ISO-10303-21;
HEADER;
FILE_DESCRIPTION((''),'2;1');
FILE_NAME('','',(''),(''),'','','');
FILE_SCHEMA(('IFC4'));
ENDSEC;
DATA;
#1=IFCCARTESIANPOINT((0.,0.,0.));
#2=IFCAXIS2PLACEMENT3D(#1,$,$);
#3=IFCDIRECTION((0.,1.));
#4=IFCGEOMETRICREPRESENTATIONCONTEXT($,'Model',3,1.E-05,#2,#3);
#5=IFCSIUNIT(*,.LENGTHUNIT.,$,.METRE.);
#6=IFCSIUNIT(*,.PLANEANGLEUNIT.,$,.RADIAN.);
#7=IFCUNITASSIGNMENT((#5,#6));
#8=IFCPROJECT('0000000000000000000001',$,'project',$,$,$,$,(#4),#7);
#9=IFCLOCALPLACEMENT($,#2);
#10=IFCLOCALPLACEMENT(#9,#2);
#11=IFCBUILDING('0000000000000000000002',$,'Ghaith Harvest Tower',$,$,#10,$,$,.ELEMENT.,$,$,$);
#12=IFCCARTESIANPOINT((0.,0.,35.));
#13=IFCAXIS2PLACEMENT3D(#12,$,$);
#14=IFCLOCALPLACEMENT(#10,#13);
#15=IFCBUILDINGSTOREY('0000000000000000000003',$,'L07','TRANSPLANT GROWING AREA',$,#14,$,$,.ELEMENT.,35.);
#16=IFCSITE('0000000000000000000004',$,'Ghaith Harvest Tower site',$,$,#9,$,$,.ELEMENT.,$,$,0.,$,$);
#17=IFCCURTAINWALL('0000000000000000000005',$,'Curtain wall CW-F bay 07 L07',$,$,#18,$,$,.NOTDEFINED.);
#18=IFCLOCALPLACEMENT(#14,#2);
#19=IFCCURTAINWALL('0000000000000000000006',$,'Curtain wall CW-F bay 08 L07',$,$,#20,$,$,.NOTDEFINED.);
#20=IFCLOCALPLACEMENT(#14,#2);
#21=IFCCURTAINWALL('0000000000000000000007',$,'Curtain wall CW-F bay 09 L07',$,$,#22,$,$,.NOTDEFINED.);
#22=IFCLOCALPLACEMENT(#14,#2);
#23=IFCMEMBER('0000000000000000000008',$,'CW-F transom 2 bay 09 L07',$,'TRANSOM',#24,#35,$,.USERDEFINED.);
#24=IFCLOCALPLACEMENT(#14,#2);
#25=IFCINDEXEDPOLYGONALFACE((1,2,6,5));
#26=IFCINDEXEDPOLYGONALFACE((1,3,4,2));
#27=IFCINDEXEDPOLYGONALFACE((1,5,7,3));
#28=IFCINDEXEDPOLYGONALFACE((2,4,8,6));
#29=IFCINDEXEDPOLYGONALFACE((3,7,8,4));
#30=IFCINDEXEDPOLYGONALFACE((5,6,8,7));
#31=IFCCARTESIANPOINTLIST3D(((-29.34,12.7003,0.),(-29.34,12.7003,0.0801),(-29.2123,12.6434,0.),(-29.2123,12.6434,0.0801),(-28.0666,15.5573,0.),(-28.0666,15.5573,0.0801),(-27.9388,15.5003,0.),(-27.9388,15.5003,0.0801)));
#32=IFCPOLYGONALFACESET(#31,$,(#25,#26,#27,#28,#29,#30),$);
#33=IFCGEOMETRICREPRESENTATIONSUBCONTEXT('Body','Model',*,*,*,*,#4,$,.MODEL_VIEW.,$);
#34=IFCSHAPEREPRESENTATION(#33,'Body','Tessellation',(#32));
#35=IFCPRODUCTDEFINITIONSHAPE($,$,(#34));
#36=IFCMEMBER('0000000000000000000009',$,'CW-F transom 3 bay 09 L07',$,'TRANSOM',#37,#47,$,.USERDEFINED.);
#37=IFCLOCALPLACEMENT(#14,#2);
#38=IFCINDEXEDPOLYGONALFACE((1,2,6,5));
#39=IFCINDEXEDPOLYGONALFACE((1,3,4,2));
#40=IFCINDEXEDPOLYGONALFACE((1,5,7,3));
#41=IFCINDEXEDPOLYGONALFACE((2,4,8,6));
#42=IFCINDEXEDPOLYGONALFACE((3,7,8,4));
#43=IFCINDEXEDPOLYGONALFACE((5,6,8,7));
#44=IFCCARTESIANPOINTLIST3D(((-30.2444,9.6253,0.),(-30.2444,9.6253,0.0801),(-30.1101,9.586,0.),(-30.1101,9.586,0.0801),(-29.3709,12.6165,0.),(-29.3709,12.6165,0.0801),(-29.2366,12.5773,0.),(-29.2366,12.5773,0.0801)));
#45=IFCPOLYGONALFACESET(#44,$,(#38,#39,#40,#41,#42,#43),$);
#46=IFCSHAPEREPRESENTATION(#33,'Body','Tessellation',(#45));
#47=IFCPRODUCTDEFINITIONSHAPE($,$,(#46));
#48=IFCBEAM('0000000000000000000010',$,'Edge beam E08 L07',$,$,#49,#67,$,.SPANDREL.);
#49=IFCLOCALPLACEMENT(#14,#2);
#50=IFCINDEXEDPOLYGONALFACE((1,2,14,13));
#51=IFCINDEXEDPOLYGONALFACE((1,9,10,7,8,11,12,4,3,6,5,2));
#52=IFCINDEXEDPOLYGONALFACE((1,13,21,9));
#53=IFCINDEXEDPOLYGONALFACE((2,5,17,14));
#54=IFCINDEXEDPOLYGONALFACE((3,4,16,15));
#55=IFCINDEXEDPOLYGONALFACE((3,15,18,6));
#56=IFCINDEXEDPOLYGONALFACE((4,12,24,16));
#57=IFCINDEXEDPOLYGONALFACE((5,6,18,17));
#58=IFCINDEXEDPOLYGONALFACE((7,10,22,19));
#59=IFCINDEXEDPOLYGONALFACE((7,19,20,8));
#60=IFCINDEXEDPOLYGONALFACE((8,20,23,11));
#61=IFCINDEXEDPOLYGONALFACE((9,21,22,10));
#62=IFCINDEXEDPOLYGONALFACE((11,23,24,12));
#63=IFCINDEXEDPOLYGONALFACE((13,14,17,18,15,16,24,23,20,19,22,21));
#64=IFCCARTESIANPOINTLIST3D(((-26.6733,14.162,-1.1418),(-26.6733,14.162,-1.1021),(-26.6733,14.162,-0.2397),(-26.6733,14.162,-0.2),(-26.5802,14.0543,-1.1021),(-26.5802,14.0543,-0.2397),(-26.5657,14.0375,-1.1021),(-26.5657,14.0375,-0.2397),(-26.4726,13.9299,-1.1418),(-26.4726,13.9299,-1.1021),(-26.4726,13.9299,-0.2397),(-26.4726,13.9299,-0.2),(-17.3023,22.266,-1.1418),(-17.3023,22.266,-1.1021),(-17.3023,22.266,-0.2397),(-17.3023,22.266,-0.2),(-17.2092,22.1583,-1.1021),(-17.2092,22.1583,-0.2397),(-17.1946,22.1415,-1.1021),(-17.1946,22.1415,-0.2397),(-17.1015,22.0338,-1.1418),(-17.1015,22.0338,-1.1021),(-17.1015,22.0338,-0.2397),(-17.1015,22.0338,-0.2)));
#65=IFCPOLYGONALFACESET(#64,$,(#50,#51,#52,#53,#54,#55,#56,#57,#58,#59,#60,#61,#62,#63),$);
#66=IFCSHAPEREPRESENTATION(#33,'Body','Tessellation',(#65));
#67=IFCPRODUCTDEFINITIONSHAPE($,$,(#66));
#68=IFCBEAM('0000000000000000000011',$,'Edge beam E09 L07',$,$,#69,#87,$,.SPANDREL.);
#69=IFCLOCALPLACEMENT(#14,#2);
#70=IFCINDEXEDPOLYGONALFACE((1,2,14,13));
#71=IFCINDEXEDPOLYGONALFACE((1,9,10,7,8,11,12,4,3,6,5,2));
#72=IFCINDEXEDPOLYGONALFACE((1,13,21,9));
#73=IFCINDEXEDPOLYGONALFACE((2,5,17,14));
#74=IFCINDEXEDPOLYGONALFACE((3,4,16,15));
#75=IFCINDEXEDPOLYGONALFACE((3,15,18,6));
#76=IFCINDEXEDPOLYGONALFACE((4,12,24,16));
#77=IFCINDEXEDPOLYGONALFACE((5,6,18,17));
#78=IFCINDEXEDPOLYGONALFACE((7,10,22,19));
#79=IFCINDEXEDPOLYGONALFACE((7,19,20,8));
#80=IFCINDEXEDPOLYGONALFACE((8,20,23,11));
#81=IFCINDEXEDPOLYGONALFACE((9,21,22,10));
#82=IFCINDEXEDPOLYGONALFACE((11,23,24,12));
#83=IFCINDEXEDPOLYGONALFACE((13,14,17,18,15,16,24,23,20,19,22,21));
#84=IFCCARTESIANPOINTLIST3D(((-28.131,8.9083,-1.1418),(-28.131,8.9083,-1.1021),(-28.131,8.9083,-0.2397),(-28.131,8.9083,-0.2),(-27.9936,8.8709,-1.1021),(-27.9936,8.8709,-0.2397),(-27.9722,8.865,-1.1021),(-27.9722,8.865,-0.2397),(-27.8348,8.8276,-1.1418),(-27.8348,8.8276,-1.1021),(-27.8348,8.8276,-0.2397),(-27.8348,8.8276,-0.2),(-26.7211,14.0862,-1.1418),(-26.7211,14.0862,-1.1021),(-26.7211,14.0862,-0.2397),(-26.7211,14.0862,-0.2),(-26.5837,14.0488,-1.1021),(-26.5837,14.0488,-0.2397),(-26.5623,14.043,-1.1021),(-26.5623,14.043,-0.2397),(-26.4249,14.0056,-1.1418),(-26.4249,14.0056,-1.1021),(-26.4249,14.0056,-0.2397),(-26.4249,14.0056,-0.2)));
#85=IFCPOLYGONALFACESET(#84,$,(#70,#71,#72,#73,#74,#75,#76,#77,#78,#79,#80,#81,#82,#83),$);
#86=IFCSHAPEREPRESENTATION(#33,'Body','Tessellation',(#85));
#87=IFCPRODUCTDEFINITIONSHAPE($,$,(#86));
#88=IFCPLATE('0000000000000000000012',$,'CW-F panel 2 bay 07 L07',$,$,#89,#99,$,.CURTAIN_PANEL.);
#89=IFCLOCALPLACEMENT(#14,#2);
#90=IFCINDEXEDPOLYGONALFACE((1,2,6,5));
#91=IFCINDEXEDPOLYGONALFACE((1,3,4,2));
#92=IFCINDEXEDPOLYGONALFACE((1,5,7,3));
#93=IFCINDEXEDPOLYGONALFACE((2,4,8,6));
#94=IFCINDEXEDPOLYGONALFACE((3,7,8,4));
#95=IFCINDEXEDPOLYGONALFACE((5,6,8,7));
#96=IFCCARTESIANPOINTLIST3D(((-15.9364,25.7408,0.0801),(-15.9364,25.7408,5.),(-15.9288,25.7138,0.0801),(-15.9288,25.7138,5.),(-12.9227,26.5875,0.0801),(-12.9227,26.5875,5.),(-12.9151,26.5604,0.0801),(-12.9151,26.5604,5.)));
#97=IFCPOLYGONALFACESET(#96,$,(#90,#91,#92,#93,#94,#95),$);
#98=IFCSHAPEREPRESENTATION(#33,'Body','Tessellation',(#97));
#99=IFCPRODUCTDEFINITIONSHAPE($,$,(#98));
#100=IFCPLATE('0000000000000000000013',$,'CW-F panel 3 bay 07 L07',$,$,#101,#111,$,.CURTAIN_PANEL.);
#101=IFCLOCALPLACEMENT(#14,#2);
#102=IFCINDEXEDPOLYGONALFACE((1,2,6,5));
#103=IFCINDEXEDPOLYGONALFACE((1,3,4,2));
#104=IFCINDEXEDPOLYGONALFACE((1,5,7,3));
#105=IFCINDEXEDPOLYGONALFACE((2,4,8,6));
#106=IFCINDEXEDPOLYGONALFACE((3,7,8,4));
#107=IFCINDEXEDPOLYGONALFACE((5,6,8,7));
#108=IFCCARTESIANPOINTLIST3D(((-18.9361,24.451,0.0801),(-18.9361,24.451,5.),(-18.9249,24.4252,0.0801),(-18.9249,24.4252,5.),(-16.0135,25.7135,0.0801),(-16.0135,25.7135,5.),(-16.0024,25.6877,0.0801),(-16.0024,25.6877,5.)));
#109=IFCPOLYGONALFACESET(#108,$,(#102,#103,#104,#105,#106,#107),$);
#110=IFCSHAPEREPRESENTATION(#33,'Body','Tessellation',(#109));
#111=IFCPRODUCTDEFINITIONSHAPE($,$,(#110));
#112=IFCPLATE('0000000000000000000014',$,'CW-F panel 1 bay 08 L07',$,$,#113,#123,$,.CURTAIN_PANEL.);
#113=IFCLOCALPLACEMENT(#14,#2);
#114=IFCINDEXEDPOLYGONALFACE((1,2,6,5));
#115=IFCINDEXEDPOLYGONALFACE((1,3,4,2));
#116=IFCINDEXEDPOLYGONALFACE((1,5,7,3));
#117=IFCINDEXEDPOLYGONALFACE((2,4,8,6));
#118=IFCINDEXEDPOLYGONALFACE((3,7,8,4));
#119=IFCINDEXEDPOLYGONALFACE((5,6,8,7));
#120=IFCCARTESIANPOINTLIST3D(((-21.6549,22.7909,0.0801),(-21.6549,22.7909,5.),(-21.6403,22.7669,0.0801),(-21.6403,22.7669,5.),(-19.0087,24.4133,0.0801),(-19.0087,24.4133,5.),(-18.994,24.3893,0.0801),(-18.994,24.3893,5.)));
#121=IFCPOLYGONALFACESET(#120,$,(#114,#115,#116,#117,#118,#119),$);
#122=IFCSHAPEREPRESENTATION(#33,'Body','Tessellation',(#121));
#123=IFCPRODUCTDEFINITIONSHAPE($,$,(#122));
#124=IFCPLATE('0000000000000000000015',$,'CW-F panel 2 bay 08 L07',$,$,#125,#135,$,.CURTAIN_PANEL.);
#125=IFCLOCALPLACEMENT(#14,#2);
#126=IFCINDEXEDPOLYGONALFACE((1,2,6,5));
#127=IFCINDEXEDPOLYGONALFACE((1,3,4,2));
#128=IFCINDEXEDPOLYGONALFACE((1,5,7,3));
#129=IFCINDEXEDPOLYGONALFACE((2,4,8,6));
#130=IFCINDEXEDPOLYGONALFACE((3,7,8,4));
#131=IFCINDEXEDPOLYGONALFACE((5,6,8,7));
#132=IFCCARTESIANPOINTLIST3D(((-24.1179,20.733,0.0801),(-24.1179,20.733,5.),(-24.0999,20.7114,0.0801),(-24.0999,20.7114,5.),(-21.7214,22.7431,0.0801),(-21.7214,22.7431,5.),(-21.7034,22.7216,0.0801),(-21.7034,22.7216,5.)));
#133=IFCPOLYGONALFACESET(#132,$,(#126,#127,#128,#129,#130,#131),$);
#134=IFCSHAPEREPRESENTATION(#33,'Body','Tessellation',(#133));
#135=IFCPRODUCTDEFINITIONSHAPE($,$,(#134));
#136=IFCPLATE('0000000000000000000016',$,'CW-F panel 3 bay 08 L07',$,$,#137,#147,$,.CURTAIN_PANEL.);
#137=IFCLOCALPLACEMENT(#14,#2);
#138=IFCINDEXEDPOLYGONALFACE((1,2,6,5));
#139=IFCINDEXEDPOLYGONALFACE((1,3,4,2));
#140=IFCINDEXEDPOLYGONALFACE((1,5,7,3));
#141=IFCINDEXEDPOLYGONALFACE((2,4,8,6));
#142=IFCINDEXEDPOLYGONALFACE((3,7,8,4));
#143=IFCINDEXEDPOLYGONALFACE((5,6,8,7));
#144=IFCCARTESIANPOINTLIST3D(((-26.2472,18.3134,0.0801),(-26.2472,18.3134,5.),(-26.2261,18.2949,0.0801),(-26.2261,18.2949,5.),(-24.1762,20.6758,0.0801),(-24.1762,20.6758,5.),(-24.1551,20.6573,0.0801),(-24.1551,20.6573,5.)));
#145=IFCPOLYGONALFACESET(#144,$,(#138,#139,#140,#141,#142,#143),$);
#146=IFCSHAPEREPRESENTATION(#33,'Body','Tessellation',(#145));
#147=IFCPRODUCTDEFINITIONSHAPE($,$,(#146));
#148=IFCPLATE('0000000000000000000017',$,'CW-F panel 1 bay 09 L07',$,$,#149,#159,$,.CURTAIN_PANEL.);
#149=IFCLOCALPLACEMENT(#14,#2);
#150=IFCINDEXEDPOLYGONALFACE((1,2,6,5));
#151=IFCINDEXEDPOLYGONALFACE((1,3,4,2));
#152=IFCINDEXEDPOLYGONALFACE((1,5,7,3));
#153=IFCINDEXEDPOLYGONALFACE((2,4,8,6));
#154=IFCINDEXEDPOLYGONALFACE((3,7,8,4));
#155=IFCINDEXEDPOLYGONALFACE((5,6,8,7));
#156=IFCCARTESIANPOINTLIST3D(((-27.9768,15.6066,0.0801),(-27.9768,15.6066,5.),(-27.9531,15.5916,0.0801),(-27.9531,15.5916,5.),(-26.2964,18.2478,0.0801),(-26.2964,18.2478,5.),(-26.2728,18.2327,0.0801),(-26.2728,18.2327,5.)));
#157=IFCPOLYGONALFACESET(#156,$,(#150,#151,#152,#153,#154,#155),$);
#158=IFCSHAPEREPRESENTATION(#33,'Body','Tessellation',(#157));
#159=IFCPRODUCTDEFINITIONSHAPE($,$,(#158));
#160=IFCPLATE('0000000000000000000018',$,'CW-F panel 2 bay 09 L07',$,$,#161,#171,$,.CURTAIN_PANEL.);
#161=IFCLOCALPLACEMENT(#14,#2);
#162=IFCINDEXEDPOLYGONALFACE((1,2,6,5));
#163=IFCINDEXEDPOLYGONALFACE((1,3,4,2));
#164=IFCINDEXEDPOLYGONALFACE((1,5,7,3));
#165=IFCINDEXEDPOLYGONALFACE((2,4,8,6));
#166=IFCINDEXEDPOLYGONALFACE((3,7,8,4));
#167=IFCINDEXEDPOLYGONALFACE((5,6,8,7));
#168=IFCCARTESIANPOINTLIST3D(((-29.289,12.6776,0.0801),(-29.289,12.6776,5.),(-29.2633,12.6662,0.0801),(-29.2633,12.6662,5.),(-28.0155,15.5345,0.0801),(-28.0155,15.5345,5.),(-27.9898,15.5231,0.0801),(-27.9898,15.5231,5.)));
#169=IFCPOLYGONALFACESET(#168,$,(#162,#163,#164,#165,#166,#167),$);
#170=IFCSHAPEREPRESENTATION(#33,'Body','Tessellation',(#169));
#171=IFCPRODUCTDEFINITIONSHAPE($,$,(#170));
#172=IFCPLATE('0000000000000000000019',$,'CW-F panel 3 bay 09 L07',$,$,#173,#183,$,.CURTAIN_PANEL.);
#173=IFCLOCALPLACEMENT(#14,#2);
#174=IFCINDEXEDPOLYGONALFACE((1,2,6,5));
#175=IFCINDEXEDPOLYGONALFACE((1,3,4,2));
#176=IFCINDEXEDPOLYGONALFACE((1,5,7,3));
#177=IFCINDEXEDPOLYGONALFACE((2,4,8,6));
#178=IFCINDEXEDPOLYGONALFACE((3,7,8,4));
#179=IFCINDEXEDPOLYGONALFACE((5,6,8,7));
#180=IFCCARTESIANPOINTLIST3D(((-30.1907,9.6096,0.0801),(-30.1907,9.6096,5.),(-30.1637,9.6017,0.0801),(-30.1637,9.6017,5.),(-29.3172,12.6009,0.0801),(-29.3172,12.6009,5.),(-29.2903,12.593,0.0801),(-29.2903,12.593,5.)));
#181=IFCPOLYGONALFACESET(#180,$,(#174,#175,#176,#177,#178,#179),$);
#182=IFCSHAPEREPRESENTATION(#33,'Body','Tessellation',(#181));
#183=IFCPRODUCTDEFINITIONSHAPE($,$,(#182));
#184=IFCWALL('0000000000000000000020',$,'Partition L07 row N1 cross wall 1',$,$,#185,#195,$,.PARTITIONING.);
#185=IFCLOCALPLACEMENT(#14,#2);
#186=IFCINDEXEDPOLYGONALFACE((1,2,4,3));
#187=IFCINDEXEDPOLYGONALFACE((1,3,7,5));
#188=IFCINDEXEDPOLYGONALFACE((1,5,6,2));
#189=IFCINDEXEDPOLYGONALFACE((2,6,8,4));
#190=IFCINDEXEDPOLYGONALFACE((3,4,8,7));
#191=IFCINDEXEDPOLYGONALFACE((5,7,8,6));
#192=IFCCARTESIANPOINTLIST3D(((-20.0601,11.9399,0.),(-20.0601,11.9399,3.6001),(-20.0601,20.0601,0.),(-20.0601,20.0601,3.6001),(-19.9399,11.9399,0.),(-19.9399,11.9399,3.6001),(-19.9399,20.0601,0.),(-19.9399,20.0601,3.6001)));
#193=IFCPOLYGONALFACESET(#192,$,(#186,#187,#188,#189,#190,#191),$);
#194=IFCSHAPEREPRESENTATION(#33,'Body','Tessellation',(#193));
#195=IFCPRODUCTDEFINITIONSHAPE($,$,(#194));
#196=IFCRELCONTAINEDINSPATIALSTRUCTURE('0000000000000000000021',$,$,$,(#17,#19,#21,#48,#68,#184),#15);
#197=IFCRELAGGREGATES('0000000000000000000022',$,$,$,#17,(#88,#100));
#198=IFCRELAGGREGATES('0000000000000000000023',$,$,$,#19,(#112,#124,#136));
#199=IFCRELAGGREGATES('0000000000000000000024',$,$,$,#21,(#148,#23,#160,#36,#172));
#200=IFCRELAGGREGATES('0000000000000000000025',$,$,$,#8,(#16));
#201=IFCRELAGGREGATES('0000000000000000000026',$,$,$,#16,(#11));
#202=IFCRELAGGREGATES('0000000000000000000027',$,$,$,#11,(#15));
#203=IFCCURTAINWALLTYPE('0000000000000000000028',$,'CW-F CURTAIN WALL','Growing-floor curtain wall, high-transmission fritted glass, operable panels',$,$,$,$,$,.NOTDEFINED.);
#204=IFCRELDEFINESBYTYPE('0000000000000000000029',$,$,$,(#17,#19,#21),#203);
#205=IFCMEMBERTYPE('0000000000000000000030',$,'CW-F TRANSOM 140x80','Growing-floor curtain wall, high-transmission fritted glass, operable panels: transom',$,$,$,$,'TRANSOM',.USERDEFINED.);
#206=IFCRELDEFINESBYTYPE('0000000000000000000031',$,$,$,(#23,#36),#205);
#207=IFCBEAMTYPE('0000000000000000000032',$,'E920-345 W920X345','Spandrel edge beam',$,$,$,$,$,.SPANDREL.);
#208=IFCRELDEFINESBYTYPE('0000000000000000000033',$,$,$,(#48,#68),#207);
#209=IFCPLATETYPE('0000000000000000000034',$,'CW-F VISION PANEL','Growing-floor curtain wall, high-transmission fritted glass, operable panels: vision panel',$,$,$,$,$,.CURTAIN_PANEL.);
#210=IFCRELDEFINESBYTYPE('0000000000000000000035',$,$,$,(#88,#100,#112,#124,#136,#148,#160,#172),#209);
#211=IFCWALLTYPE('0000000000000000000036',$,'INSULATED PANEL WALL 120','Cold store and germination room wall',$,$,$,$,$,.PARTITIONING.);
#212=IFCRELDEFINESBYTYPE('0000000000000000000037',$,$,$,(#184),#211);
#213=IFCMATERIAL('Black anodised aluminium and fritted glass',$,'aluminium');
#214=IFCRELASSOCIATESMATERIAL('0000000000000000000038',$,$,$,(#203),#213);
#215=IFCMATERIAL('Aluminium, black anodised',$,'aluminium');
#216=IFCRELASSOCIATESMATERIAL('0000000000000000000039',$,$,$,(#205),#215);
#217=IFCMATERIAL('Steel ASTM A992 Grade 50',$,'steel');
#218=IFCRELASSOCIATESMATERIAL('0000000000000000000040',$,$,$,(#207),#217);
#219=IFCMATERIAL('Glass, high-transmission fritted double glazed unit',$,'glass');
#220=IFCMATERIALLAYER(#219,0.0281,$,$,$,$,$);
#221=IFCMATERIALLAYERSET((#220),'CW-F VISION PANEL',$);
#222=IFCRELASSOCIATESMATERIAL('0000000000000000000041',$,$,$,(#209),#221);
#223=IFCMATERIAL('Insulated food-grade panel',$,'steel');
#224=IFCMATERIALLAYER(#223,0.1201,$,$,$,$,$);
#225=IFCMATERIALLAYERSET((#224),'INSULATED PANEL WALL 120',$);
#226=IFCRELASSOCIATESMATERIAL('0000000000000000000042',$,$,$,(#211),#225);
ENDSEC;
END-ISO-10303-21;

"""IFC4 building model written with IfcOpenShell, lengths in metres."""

from ifc_helpers import new_model, si_unit, direction, frame, frame_2d, origin, origin_2d, place, context, subcontext, project, spatial, rectangle, i_section, extrude, material, layer, layer_set, material_profile, profile_set, type_object, element, aggregate, save


model = new_model("IFC4")

# Units and contexts
model_context = context("Model", 3, precision=1e-05, world=origin(), true_north=direction((0.0, 1.0)))
body_context = subcontext(model_context, "Body", "Model", "MODEL_VIEW")
ifc_project = project(units=[si_unit("LENGTHUNIT", "METRE"), si_unit("PLANEANGLEUNIT", "RADIAN")], contexts=[model_context])

# Site, building, storey
site_placement = place(None, origin())
site = spatial("IfcSite", under=ifc_project, at=site_placement, Name="Ghaith Harvest Tower site", CompositionType="ELEMENT", RefElevation=0.0)
building_placement = place(site_placement, origin())
building = spatial("IfcBuilding", under=site, at=building_placement, Name="Ghaith Harvest Tower", CompositionType="ELEMENT")
storey_placement = place(building_placement, frame((0.0, 0.0, 35.0)))
storey = spatial("IfcBuildingStorey", under=building, at=storey_placement, Name="L07", Description="TRANSPLANT GROWING AREA", CompositionType="ELEMENT", Elevation=35.0)

# Curtain wall
ifc_material_1 = material(Name="Black anodised aluminium and fritted glass", Category="aluminium")
curtain_wall_type = type_object("IfcCurtainWallType", Name="CW-F CURTAIN WALL", Description="Growing-floor curtain wall, high-transmission fritted glass, operable panels", PredefinedType="NOTDEFINED", material=ifc_material_1)
curtain_wall_1_placement = place(storey_placement, origin())
curtain_wall_1 = element("IfcCurtainWall", 1, at=curtain_wall_1_placement, inside=storey, type_object=curtain_wall_type, Name="Curtain wall CW-F bay 07 L07", PredefinedType="NOTDEFINED")

# Curtain walls
curtain_wall_2_placement = place(storey_placement, origin())
curtain_wall_2 = element("IfcCurtainWall", 2, at=curtain_wall_2_placement, inside=storey, type_object=curtain_wall_type, Name="Curtain wall CW-F bay 08 L07", PredefinedType="NOTDEFINED")
curtain_wall_3_placement = place(storey_placement, origin())
curtain_wall_3 = element("IfcCurtainWall", 3, at=curtain_wall_3_placement, inside=storey, type_object=curtain_wall_type, Name="Curtain wall CW-F bay 09 L07", PredefinedType="NOTDEFINED")

# Members
ifc_material_2 = material(Name="Aluminium, black anodised", Category="aluminium")
ifc_material_profile_1 = material_profile(ifc_material_2, rectangle(XDim=0.1399, YDim=0.0801, at=origin_2d()), Name="CW-F TRANSOM 140x80")
ifc_profile_set_1 = profile_set([ifc_material_profile_1], Name="Aluminium, black anodised")
member_type_1 = type_object("IfcMemberType", Name="CW-F TRANSOM 140x80", Description="Growing-floor curtain wall, high-transmission fritted glass, operable panels: transom", ElementType="TRANSOM", PredefinedType="USERDEFINED", material=ifc_profile_set_1)
member_1_placement = place(storey_placement, frame((-28.0027, 15.5288, 0.04), z_axis=(-0.407123, -0.913373, 0.0), x_axis=(0.913373, -0.407123, 0.0)))
member_1 = element("IfcMember", 4, at=member_1_placement, type_object=member_type_1, Name="CW-F transom 2 bay 09 L07", ObjectType="TRANSOM", PredefinedType="USERDEFINED", context=body_context, shape_type="SweptSolid", body=[
    extrude(rectangle(XDim=0.1399, YDim=0.0801, at=origin_2d()), origin(), (0.0, 0.0, 1.0), 3.1279),
])
member_2_placement = place(storey_placement, frame((-29.3037, 12.5969, 0.04), z_axis=(-0.280325, -0.959905, 0.0), x_axis=(0.959905, -0.280325, 0.0)))
member_2 = element("IfcMember", 5, at=member_2_placement, type_object=member_type_1, Name="CW-F transom 3 bay 09 L07", ObjectType="TRANSOM", PredefinedType="USERDEFINED", context=body_context, shape_type="SweptSolid", body=[
    extrude(rectangle(XDim=0.1399, YDim=0.0801, at=origin_2d()), origin(), (0.0, 0.0, 1.0), 3.1162),
])

# Beams
ifc_material_3 = material(Name="Steel ASTM A992 Grade 50", Category="steel")
ifc_material_profile_2 = material_profile(ifc_material_3, i_section(OverallWidth=0.3069, OverallDepth=0.9419, WebThickness=0.0222, FlangeThickness=0.0398, at=origin_2d()), Name="W920X345")
ifc_profile_set_2 = profile_set([ifc_material_profile_2], Name="Steel ASTM A992 Grade 50")
beam_type = type_object("IfcBeamType", Name="E920-345 W920X345", Description="Spandrel edge beam", PredefinedType="SPANDREL", material=ifc_profile_set_2)
beam_1_placement = place(storey_placement, frame((-17.2019, 22.1499, -0.6709), z_axis=(-0.756392, -0.654118, 0.0), x_axis=(0.654118, -0.756392, 0.0)))
element("IfcBeam", 6, at=beam_1_placement, inside=storey, type_object=beam_type, Name="Edge beam E08 L07", PredefinedType="SPANDREL", context=body_context, shape_type="SweptSolid", body=[
    extrude(i_section(OverallWidth=0.3069, OverallDepth=0.9419, WebThickness=0.0222, FlangeThickness=0.0398, at=origin_2d()), origin(), (0.0, 0.0, 1.0), 12.3892),
])
beam_2_placement = place(storey_placement, frame((-26.573, 14.0459, -0.6709), z_axis=(-0.262725, -0.964871, 0.0), x_axis=(0.964871, -0.262725, 0.0)))
element("IfcBeam", 7, at=beam_2_placement, inside=storey, type_object=beam_type, Name="Edge beam E09 L07", PredefinedType="SPANDREL", context=body_context, shape_type="SweptSolid", body=[
    extrude(i_section(OverallWidth=0.3069, OverallDepth=0.9419, WebThickness=0.0222, FlangeThickness=0.0398, at=origin_2d()), origin(), (0.0, 0.0, 1.0), 5.3665),
])

# Plates
ifc_material_4 = material(Name="Glass, high-transmission fritted double glazed unit", Category="glass")
ifc_layer_1 = layer(ifc_material_4, 0.0281)
ifc_layer_set_1 = layer_set([ifc_layer_1], Name="CW-F VISION PANEL")
plate_type = type_object("IfcPlateType", Name="CW-F VISION PANEL", Description="Growing-floor curtain wall, high-transmission fritted glass, operable panels: vision panel", PredefinedType="CURTAIN_PANEL", material=ifc_layer_set_1)
plate_1_placement = place(storey_placement, frame((-14.4258, 26.1506, 0.0801), z_axis=(0.0, 0.0, 1.0), x_axis=(-0.96273, -0.270465, 0.0)))
plate_1 = element("IfcPlate", 8, at=plate_1_placement, type_object=plate_type, Name="CW-F panel 2 bay 07 L07", PredefinedType="CURTAIN_PANEL", context=body_context, shape_type="SweptSolid", body=[
    extrude(rectangle(XDim=3.1304, YDim=0.0281, at=origin_2d()), origin(), (0.0, 0.0, 1.0), 4.9199),
])
plate_2_placement = place(storey_placement, frame((-17.4692, 25.0693, 0.0801), z_axis=(0.0, 0.0, 1.0), x_axis=(-0.918003, -0.396574, 0.0)))
plate_2 = element("IfcPlate", 9, at=plate_2_placement, type_object=plate_type, Name="CW-F panel 3 bay 07 L07", PredefinedType="CURTAIN_PANEL", context=body_context, shape_type="SweptSolid", body=[
    extrude(rectangle(XDim=3.1836, YDim=0.0281, at=origin_2d()), origin(), (0.0, 0.0, 1.0), 4.9199),
])
aggregate(curtain_wall_1, [plate_1, plate_2])
plate_3_placement = place(storey_placement, frame((-20.3245, 23.5901, 0.0801), z_axis=(0.0, 0.0, 1.0), x_axis=(-0.852528, -0.522682, 0.0)))
plate_3 = element("IfcPlate", 10, at=plate_3_placement, type_object=plate_type, Name="CW-F panel 1 bay 08 L07", PredefinedType="CURTAIN_PANEL", context=body_context, shape_type="SweptSolid", body=[
    extrude(rectangle(XDim=3.104, YDim=0.0281, at=origin_2d()), origin(), (0.0, 0.0, 1.0), 4.9199),
])
plate_4_placement = place(storey_placement, frame((-22.9106, 21.7273, 0.0801), z_axis=(0.0, 0.0, 1.0), x_axis=(-0.766155, -0.642656, 0.0)))
plate_4 = element("IfcPlate", 11, at=plate_4_placement, type_object=plate_type, Name="CW-F panel 2 bay 08 L07", PredefinedType="CURTAIN_PANEL", context=body_context, shape_type="SweptSolid", body=[
    extrude(rectangle(XDim=3.1279, YDim=0.0281, at=origin_2d()), origin(), (0.0, 0.0, 1.0), 4.9199),
])
plate_5_placement = place(storey_placement, frame((-25.2012, 19.4854, 0.0801), z_axis=(0.0, 0.0, 1.0), x_axis=(-0.659216, -0.751954, 0.0)))
plate_5 = element("IfcPlate", 12, at=plate_5_placement, type_object=plate_type, Name="CW-F panel 3 bay 08 L07", PredefinedType="CURTAIN_PANEL", context=body_context, shape_type="SweptSolid", body=[
    extrude(rectangle(XDim=3.1416, YDim=0.0281, at=origin_2d()), origin(), (0.0, 0.0, 1.0), 4.9199),
])
aggregate(curtain_wall_2, [plate_3, plate_4, plate_5])
plate_6_placement = place(storey_placement, frame((-27.1248, 16.9197, 0.0801), z_axis=(0.0, 0.0, 1.0), x_axis=(-0.536779, -0.843723, 0.0)))
plate_6 = element("IfcPlate", 13, at=plate_6_placement, type_object=plate_type, Name="CW-F panel 1 bay 09 L07", PredefinedType="CURTAIN_PANEL", context=body_context, shape_type="SweptSolid", body=[
    extrude(rectangle(XDim=3.1304, YDim=0.0281, at=origin_2d()), origin(), (0.0, 0.0, 1.0), 4.9199),
])
plate_7_placement = place(storey_placement, frame((-28.6394, 14.1003, 0.0801), z_axis=(0.0, 0.0, 1.0), x_axis=(-0.407134, -0.913368, 0.0)))
plate_7 = element("IfcPlate", 14, at=plate_7_placement, type_object=plate_type, Name="CW-F panel 2 bay 09 L07", PredefinedType="CURTAIN_PANEL", context=body_context, shape_type="SweptSolid", body=[
    extrude(rectangle(XDim=3.1279, YDim=0.0281, at=origin_2d()), origin(), (0.0, 0.0, 1.0), 4.9199),
])
plate_8_placement = place(storey_placement, frame((-29.7405, 11.1013, 0.0801), z_axis=(0.0, 0.0, 1.0), x_axis=(-0.280297, -0.959913, 0.0)))
plate_8 = element("IfcPlate", 15, at=plate_8_placement, type_object=plate_type, Name="CW-F panel 3 bay 09 L07", PredefinedType="CURTAIN_PANEL", context=body_context, shape_type="SweptSolid", body=[
    extrude(rectangle(XDim=3.1162, YDim=0.0281, at=origin_2d()), origin(), (0.0, 0.0, 1.0), 4.9199),
])
aggregate(curtain_wall_3, [plate_6, member_1, plate_7, member_2, plate_8])

# Wall
ifc_material_5 = material(Name="Insulated food-grade panel", Category="steel")
ifc_layer_2 = layer(ifc_material_5, 0.1201)
ifc_layer_set_2 = layer_set([ifc_layer_2], Name="INSULATED PANEL WALL 120")
wall_type_1 = type_object("IfcWallType", Name="INSULATED PANEL WALL 120", Description="Cold store and germination room wall", PredefinedType="PARTITIONING", material=ifc_layer_set_2)
wall_1_placement = place(storey_placement, frame((-20.0, 11.9399, 0.0), z_axis=(0.0, 0.0, 1.0), x_axis=(0.0, 1.0, 0.0)))
element("IfcWall", 16, at=wall_1_placement, inside=storey, type_object=wall_type_1, Name="Partition L07 row N1 cross wall 1", PredefinedType="PARTITIONING", context=body_context, shape_type="SweptSolid", body=[
    extrude(rectangle(XDim=8.1201, YDim=0.1201, at=frame_2d((4.0601, 0.0))), origin(), (0.0, 0.0, 1.0), 3.6001),
])

save(model, "model.ifc")
